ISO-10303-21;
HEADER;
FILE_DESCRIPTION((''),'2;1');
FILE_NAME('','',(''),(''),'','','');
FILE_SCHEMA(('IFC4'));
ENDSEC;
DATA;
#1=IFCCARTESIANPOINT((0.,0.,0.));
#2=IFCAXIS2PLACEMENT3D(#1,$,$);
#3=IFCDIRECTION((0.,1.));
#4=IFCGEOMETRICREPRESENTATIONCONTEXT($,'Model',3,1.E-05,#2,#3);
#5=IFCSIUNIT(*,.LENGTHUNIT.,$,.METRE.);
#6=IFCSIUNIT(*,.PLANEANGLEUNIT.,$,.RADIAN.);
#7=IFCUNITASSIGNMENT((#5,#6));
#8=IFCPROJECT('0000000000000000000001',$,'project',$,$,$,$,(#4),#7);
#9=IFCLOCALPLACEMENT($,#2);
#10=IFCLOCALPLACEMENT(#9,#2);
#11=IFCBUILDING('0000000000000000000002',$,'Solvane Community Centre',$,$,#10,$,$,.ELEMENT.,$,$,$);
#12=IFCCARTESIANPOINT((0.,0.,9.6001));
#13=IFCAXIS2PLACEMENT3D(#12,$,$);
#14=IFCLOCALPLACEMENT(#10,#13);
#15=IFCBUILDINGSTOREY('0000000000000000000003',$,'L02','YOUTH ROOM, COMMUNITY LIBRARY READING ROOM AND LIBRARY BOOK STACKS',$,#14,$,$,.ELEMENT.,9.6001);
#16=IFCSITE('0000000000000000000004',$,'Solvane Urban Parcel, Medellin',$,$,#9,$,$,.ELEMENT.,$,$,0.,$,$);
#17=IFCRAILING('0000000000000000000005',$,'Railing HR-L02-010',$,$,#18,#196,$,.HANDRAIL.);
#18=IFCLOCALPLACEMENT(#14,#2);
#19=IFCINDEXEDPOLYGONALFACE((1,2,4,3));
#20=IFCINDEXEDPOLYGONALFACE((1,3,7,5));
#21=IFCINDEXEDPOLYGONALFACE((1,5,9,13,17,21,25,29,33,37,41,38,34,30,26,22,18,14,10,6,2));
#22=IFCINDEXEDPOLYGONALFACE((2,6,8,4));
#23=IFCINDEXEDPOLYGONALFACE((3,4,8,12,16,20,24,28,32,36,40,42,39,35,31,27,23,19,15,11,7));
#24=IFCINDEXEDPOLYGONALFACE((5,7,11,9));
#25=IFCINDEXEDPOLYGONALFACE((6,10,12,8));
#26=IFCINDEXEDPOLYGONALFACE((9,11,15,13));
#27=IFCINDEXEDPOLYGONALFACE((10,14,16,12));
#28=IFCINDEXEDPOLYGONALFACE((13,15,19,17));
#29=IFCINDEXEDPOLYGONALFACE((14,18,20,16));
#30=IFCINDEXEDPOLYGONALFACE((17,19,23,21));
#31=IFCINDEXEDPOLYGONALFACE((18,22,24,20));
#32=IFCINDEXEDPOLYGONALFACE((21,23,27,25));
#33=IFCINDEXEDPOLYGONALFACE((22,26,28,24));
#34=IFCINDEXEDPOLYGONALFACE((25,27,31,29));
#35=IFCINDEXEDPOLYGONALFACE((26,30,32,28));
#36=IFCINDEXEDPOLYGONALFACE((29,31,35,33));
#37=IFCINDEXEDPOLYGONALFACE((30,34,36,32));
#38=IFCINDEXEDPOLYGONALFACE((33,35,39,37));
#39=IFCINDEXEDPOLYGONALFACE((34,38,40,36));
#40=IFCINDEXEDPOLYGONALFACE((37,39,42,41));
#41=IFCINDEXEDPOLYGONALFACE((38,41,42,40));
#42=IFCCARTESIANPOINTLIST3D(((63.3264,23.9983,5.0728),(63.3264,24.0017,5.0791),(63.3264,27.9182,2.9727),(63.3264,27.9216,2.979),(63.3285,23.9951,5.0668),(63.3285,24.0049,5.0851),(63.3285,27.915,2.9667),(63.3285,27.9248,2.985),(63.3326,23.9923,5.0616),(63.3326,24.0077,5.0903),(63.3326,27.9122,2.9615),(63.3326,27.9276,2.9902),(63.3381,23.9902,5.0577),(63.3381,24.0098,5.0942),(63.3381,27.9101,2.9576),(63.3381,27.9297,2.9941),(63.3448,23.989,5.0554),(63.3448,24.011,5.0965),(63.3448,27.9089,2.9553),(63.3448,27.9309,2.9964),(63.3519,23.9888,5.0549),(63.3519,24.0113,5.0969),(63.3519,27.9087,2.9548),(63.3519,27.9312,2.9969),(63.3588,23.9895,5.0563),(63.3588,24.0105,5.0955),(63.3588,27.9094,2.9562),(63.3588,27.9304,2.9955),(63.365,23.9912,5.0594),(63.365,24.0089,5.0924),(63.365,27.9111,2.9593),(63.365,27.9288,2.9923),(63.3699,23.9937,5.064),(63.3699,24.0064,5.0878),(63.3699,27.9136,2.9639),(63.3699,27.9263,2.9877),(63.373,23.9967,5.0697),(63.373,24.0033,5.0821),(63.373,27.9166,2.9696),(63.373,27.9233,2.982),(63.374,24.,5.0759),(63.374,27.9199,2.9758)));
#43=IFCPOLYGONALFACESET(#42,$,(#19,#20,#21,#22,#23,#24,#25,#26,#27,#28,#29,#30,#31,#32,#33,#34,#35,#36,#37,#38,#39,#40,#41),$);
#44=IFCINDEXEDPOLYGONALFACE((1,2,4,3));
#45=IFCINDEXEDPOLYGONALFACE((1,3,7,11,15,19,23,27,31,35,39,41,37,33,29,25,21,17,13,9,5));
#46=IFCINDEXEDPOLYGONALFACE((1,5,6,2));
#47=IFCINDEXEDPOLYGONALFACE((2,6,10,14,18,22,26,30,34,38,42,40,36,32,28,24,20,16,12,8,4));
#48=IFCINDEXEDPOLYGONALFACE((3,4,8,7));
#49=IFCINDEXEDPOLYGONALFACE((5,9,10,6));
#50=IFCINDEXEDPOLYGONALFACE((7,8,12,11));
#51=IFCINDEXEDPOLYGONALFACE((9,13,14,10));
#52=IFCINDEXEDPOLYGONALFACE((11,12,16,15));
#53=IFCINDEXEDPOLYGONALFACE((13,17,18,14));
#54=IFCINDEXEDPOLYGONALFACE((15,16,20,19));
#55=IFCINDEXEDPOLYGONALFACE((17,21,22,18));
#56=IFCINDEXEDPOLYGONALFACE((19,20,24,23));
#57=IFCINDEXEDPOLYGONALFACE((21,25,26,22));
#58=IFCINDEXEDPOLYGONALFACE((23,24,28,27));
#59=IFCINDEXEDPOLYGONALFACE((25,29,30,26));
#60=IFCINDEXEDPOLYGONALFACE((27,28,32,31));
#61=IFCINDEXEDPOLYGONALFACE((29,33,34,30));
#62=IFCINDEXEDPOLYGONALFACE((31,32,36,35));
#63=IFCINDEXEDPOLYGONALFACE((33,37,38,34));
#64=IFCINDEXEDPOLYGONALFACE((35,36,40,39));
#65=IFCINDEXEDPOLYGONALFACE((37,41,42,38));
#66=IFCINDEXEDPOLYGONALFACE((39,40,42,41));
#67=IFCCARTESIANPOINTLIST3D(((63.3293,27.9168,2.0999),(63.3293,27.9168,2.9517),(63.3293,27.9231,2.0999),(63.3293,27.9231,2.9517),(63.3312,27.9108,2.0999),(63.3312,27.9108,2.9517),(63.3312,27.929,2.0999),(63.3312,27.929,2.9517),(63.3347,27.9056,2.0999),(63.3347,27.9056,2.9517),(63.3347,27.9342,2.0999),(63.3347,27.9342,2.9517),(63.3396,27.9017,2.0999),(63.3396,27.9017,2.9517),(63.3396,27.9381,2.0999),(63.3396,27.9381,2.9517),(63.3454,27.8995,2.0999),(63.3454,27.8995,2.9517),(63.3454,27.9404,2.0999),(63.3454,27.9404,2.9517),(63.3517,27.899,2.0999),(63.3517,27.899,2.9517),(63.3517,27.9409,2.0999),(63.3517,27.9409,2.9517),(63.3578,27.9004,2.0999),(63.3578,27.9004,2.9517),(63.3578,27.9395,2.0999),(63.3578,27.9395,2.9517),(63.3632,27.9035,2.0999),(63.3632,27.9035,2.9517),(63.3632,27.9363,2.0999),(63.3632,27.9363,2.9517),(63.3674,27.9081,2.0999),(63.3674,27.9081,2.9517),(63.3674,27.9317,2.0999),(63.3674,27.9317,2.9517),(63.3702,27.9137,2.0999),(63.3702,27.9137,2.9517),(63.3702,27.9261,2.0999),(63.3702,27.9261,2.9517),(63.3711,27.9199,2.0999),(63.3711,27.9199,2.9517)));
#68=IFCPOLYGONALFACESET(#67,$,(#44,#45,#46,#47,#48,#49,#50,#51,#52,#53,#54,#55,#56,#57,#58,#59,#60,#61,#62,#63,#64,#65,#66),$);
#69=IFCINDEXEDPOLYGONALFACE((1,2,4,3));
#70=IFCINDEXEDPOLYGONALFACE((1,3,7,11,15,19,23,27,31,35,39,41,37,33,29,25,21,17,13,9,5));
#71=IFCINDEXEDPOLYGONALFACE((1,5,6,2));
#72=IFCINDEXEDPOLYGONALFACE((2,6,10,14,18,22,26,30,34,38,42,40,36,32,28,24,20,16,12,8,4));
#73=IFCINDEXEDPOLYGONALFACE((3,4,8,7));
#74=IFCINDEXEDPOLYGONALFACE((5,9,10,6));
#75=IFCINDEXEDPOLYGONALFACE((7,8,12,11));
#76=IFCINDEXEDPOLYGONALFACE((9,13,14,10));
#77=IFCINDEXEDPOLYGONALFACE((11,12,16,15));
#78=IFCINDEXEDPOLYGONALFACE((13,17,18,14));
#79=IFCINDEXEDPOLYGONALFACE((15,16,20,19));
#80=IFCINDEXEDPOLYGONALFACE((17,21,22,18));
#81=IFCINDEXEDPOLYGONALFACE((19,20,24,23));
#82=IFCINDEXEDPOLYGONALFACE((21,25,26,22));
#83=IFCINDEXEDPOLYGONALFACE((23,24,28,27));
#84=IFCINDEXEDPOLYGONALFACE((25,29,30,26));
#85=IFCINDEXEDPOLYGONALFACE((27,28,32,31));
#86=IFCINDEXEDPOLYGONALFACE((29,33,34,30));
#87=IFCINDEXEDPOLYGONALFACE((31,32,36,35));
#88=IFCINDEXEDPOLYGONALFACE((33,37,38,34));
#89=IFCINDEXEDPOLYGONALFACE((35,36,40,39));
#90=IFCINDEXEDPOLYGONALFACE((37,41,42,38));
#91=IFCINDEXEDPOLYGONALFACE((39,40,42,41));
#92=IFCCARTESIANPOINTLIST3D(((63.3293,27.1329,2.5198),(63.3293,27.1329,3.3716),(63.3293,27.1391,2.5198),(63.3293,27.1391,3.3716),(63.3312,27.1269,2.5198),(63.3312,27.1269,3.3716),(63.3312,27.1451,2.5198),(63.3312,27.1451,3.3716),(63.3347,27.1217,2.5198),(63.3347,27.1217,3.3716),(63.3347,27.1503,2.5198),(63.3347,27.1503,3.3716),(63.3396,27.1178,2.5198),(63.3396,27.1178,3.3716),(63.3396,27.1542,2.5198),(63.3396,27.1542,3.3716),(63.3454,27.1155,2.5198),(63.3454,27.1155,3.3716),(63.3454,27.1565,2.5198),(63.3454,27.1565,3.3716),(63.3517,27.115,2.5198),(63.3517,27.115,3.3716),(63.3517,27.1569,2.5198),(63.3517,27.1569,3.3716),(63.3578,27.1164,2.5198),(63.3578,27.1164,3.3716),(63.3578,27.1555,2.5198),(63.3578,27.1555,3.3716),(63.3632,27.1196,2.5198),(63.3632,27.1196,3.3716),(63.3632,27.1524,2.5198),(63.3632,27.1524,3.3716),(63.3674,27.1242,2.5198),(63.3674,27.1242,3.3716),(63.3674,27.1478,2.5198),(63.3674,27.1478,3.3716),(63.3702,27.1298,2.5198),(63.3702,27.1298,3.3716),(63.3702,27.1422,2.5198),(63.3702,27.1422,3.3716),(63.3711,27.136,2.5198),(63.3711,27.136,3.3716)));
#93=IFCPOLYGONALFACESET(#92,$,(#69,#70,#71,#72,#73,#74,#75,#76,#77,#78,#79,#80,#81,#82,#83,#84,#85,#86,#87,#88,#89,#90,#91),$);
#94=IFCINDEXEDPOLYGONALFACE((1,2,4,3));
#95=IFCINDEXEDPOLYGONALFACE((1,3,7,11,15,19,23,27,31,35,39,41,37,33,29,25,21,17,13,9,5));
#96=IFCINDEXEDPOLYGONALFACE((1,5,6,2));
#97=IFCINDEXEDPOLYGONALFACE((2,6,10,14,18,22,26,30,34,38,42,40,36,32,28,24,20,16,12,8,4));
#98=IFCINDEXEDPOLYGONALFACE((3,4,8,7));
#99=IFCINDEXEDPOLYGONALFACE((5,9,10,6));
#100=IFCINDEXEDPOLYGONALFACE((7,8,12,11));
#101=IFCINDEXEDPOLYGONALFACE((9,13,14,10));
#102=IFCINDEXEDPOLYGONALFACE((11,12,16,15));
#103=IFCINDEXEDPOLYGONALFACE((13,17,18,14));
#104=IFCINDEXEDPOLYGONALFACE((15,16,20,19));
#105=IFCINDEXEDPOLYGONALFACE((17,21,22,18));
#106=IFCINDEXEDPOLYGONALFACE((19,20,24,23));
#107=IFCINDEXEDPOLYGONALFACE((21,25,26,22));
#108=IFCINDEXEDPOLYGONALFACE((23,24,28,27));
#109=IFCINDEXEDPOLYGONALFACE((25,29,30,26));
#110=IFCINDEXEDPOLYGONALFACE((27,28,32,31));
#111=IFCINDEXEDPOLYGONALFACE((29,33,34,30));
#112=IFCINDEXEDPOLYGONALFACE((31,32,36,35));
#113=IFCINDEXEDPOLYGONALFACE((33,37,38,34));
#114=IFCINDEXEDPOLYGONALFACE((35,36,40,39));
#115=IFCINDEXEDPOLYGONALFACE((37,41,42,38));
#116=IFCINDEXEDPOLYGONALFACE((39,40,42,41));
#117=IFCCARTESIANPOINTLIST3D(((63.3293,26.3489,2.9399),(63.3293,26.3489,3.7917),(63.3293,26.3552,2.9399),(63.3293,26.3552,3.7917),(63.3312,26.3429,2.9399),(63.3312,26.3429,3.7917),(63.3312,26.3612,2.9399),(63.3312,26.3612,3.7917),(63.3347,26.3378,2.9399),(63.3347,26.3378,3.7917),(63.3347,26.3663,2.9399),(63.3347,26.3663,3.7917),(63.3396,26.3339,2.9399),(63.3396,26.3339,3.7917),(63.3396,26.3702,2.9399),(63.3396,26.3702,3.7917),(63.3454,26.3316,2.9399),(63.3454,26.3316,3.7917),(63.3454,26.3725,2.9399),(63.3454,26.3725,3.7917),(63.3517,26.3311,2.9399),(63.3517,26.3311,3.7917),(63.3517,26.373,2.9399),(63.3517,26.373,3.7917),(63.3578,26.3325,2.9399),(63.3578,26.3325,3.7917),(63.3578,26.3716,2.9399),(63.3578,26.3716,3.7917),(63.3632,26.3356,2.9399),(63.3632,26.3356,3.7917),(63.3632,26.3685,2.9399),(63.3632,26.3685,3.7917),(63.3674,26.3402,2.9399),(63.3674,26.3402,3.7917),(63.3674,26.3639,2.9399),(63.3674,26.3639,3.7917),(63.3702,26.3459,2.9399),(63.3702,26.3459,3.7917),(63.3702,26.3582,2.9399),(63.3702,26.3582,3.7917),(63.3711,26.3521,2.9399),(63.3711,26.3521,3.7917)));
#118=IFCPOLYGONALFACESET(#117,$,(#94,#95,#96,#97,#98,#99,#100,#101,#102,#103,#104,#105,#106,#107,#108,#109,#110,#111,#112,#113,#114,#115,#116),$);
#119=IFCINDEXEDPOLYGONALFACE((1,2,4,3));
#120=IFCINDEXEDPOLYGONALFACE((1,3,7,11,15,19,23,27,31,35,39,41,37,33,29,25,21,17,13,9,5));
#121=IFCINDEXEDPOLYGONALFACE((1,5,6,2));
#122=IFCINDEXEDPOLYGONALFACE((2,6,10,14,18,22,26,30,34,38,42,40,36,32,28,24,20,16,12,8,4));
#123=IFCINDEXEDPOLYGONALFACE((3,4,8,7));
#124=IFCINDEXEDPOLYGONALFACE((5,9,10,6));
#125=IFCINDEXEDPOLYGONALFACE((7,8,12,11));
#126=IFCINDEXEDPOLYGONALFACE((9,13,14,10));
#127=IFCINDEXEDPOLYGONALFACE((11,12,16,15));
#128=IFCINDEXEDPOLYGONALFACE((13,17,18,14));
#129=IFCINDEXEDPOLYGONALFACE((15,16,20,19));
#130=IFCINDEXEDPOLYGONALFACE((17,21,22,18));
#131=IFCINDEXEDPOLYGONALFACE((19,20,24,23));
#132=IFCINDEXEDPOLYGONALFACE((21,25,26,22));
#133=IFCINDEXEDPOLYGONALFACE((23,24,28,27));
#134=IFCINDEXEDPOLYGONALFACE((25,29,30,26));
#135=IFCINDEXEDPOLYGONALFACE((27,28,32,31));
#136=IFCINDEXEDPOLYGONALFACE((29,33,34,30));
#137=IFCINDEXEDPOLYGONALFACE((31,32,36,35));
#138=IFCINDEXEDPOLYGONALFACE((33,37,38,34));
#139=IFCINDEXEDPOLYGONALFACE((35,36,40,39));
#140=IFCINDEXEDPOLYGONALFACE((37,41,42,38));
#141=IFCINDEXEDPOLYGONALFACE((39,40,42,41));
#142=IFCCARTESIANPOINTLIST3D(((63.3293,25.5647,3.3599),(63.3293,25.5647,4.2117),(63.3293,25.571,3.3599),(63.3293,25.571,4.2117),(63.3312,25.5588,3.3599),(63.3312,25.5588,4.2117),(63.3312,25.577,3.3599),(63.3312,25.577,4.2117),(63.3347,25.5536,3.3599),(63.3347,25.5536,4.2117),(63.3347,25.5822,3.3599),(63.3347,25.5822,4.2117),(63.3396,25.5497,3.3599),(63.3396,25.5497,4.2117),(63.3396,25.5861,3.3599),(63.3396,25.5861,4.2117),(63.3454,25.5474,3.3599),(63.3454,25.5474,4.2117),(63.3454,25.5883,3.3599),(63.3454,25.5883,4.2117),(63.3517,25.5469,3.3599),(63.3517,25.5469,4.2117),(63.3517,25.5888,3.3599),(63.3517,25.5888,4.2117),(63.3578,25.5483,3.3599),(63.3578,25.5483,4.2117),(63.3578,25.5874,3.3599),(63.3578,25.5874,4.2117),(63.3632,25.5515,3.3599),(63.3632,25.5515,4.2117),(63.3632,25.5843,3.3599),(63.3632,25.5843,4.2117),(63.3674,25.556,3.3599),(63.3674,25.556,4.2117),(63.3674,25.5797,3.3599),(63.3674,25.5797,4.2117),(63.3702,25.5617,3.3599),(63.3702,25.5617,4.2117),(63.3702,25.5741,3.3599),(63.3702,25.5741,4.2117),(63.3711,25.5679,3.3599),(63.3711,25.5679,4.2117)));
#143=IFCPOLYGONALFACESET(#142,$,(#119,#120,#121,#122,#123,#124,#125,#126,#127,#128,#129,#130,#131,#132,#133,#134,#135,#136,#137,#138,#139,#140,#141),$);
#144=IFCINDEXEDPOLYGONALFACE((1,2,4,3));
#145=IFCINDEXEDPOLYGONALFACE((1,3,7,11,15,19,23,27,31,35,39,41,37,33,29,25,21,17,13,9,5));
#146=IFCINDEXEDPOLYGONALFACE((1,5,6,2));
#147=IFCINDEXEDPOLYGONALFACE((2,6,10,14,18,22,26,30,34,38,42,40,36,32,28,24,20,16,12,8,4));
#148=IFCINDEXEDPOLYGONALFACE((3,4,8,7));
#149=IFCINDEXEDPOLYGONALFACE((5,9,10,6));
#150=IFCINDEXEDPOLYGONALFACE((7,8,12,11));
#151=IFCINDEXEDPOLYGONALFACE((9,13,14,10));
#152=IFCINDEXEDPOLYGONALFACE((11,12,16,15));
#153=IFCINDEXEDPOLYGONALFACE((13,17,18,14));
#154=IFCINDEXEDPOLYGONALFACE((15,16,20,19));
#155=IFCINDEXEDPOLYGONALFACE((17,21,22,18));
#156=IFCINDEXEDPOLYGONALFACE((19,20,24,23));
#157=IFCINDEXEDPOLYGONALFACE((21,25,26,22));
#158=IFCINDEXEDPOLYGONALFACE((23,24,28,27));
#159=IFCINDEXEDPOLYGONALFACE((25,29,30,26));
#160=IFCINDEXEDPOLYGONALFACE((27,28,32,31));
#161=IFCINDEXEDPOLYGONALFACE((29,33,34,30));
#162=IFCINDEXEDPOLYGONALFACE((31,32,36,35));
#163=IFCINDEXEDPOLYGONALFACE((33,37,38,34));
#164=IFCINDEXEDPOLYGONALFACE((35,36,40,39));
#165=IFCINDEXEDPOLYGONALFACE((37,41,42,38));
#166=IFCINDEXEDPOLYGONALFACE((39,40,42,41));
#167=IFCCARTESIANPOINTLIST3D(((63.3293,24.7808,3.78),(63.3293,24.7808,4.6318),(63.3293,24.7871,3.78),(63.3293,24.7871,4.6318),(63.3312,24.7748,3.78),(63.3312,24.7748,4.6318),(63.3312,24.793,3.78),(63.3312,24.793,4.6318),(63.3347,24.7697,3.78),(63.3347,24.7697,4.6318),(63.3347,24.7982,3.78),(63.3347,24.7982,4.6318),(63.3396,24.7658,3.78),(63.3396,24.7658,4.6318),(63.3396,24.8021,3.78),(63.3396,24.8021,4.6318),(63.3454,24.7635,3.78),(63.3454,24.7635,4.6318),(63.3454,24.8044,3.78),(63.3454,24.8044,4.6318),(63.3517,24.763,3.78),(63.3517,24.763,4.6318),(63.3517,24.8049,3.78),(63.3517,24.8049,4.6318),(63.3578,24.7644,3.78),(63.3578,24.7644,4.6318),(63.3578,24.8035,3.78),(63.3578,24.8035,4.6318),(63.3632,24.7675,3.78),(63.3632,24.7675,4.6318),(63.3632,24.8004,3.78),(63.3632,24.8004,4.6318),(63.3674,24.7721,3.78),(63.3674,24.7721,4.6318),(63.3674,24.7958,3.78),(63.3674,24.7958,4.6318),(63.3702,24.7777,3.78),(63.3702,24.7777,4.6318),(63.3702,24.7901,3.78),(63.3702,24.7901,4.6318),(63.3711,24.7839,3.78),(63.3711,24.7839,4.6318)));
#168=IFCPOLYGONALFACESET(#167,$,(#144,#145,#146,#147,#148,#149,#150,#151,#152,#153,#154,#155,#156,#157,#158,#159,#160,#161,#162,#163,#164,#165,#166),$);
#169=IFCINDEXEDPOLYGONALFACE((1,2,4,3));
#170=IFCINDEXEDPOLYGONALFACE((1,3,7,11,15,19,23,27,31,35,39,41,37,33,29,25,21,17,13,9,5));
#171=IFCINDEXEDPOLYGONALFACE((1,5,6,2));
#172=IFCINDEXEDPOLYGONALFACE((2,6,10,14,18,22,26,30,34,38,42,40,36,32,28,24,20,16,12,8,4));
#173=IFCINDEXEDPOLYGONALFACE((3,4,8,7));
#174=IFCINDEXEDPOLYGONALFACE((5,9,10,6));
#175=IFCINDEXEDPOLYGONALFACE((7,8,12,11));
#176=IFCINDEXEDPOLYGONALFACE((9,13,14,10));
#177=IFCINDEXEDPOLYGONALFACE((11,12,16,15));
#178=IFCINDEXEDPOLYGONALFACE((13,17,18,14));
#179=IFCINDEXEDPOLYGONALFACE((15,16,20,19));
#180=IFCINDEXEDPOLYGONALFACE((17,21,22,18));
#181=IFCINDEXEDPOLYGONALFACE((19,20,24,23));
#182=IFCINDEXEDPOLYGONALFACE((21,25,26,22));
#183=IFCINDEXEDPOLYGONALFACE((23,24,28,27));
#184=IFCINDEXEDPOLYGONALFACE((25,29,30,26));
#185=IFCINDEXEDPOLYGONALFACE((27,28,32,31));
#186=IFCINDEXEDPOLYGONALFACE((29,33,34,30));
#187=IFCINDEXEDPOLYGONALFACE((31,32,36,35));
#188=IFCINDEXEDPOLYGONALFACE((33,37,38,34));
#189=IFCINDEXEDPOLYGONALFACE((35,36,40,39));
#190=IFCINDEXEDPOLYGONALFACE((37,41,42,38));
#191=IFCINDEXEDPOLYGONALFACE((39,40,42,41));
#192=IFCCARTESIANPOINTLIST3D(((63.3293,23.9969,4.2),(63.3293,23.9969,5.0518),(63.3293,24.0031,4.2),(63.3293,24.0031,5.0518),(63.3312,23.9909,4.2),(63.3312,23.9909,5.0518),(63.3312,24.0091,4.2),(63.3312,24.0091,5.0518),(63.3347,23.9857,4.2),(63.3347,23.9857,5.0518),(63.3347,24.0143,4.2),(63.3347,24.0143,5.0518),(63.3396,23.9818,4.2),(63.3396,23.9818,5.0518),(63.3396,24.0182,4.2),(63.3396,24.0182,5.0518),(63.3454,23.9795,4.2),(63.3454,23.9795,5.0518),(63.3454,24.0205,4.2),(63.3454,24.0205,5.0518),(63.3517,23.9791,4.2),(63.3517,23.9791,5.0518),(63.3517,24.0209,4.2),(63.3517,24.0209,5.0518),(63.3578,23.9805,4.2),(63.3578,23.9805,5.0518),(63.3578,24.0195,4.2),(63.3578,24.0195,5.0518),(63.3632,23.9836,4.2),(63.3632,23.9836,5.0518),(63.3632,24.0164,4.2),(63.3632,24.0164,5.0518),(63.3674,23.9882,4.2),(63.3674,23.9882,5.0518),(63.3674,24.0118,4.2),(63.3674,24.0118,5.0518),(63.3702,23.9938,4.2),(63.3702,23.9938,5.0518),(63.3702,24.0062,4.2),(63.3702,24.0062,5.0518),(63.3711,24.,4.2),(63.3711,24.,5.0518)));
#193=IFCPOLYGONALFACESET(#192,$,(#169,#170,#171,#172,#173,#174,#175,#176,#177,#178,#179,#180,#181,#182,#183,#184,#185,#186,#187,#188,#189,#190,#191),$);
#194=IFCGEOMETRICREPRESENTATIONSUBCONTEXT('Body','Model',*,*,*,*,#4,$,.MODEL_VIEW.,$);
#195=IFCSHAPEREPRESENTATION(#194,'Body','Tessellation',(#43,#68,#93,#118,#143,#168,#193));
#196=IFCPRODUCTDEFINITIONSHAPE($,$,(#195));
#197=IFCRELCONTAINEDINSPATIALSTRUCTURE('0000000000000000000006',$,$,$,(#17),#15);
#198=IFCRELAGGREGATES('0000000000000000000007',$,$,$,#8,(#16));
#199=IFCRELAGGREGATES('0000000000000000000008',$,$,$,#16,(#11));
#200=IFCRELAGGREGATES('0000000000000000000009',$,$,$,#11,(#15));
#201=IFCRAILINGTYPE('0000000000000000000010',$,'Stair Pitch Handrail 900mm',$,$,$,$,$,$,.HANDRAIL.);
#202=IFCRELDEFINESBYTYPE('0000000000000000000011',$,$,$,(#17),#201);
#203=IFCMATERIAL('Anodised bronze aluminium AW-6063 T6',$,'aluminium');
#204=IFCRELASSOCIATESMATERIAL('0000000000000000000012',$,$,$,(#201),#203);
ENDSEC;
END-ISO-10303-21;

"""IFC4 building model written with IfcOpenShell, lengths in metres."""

from ifc_helpers import new_model, si_unit, direction, frame, origin, origin_2d, place, context, subcontext, project, spatial, circle, extrude, material, type_object, element, save


model = new_model("IFC4")

# Units and contexts
model_context = context("Model", 3, precision=1e-05, world=origin(), true_north=direction((0.0, 1.0)))
body_context = subcontext(model_context, "Body", "Model", "MODEL_VIEW")
ifc_project = project(units=[si_unit("LENGTHUNIT", "METRE"), si_unit("PLANEANGLEUNIT", "RADIAN")], contexts=[model_context])

# Site, building, storey
site_placement = place(None, origin())
site = spatial("IfcSite", under=ifc_project, at=site_placement, Name="Solvane Urban Parcel, Medellin", CompositionType="ELEMENT", RefElevation=0.0)
building_placement = place(site_placement, origin())
building = spatial("IfcBuilding", under=site, at=building_placement, Name="Solvane Community Centre", CompositionType="ELEMENT")
storey_placement = place(building_placement, frame((0.0, 0.0, 9.6001)))
storey = spatial("IfcBuildingStorey", under=building, at=storey_placement, Name="L02", Description="YOUTH ROOM, COMMUNITY LIBRARY READING ROOM AND LIBRARY BOOK STACKS", CompositionType="ELEMENT", Elevation=9.6001)

# Shared definitions
ifc_material_1 = material(Name="Anodised bronze aluminium AW-6063 T6", Category="aluminium")

# Railing
railing_type_1 = type_object("IfcRailingType", Name="Stair Pitch Handrail 900mm", PredefinedType="HANDRAIL", material=ifc_material_1)
railing_1_placement = place(storey_placement, frame((63.3501, 27.9199, 2.0999)))
element("IfcRailing", 1, at=railing_1_placement, inside=storey, type_object=railing_type_1, Name="Railing HR-L02-010", PredefinedType="HANDRAIL", context=body_context, shape_type="SweptSolid", body=[
    extrude(circle(Radius=0.0239, at=origin_2d()), frame((0.0, 0.0, 0.876), z_axis=(0.0, -0.881467, 0.472246), x_axis=(1.0, 0.0, 0.0)), (0.0, 0.0, 1.0), 4.447),
    extrude(circle(Radius=0.021, at=origin_2d()), origin(), (0.0, 0.0, 1.0), 0.8518),
    extrude(circle(Radius=0.021, at=origin_2d()), frame((0.0, -0.7839, 0.4199)), (0.0, 0.0, 1.0), 0.8518),
    extrude(circle(Radius=0.021, at=origin_2d()), frame((0.0, -1.5679, 0.8401)), (0.0, 0.0, 1.0), 0.8518),
    extrude(circle(Radius=0.021, at=origin_2d()), frame((0.0, -2.3521, 1.26)), (0.0, 0.0, 1.0), 0.8518),
    extrude(circle(Radius=0.021, at=origin_2d()), frame((0.0, -3.136, 1.6802)), (0.0, 0.0, 1.0), 0.8518),
    extrude(circle(Radius=0.021, at=origin_2d()), frame((0.0, -3.9199, 2.1001)), (0.0, 0.0, 1.0), 0.8518),
])

save(model, "model.ifc")
